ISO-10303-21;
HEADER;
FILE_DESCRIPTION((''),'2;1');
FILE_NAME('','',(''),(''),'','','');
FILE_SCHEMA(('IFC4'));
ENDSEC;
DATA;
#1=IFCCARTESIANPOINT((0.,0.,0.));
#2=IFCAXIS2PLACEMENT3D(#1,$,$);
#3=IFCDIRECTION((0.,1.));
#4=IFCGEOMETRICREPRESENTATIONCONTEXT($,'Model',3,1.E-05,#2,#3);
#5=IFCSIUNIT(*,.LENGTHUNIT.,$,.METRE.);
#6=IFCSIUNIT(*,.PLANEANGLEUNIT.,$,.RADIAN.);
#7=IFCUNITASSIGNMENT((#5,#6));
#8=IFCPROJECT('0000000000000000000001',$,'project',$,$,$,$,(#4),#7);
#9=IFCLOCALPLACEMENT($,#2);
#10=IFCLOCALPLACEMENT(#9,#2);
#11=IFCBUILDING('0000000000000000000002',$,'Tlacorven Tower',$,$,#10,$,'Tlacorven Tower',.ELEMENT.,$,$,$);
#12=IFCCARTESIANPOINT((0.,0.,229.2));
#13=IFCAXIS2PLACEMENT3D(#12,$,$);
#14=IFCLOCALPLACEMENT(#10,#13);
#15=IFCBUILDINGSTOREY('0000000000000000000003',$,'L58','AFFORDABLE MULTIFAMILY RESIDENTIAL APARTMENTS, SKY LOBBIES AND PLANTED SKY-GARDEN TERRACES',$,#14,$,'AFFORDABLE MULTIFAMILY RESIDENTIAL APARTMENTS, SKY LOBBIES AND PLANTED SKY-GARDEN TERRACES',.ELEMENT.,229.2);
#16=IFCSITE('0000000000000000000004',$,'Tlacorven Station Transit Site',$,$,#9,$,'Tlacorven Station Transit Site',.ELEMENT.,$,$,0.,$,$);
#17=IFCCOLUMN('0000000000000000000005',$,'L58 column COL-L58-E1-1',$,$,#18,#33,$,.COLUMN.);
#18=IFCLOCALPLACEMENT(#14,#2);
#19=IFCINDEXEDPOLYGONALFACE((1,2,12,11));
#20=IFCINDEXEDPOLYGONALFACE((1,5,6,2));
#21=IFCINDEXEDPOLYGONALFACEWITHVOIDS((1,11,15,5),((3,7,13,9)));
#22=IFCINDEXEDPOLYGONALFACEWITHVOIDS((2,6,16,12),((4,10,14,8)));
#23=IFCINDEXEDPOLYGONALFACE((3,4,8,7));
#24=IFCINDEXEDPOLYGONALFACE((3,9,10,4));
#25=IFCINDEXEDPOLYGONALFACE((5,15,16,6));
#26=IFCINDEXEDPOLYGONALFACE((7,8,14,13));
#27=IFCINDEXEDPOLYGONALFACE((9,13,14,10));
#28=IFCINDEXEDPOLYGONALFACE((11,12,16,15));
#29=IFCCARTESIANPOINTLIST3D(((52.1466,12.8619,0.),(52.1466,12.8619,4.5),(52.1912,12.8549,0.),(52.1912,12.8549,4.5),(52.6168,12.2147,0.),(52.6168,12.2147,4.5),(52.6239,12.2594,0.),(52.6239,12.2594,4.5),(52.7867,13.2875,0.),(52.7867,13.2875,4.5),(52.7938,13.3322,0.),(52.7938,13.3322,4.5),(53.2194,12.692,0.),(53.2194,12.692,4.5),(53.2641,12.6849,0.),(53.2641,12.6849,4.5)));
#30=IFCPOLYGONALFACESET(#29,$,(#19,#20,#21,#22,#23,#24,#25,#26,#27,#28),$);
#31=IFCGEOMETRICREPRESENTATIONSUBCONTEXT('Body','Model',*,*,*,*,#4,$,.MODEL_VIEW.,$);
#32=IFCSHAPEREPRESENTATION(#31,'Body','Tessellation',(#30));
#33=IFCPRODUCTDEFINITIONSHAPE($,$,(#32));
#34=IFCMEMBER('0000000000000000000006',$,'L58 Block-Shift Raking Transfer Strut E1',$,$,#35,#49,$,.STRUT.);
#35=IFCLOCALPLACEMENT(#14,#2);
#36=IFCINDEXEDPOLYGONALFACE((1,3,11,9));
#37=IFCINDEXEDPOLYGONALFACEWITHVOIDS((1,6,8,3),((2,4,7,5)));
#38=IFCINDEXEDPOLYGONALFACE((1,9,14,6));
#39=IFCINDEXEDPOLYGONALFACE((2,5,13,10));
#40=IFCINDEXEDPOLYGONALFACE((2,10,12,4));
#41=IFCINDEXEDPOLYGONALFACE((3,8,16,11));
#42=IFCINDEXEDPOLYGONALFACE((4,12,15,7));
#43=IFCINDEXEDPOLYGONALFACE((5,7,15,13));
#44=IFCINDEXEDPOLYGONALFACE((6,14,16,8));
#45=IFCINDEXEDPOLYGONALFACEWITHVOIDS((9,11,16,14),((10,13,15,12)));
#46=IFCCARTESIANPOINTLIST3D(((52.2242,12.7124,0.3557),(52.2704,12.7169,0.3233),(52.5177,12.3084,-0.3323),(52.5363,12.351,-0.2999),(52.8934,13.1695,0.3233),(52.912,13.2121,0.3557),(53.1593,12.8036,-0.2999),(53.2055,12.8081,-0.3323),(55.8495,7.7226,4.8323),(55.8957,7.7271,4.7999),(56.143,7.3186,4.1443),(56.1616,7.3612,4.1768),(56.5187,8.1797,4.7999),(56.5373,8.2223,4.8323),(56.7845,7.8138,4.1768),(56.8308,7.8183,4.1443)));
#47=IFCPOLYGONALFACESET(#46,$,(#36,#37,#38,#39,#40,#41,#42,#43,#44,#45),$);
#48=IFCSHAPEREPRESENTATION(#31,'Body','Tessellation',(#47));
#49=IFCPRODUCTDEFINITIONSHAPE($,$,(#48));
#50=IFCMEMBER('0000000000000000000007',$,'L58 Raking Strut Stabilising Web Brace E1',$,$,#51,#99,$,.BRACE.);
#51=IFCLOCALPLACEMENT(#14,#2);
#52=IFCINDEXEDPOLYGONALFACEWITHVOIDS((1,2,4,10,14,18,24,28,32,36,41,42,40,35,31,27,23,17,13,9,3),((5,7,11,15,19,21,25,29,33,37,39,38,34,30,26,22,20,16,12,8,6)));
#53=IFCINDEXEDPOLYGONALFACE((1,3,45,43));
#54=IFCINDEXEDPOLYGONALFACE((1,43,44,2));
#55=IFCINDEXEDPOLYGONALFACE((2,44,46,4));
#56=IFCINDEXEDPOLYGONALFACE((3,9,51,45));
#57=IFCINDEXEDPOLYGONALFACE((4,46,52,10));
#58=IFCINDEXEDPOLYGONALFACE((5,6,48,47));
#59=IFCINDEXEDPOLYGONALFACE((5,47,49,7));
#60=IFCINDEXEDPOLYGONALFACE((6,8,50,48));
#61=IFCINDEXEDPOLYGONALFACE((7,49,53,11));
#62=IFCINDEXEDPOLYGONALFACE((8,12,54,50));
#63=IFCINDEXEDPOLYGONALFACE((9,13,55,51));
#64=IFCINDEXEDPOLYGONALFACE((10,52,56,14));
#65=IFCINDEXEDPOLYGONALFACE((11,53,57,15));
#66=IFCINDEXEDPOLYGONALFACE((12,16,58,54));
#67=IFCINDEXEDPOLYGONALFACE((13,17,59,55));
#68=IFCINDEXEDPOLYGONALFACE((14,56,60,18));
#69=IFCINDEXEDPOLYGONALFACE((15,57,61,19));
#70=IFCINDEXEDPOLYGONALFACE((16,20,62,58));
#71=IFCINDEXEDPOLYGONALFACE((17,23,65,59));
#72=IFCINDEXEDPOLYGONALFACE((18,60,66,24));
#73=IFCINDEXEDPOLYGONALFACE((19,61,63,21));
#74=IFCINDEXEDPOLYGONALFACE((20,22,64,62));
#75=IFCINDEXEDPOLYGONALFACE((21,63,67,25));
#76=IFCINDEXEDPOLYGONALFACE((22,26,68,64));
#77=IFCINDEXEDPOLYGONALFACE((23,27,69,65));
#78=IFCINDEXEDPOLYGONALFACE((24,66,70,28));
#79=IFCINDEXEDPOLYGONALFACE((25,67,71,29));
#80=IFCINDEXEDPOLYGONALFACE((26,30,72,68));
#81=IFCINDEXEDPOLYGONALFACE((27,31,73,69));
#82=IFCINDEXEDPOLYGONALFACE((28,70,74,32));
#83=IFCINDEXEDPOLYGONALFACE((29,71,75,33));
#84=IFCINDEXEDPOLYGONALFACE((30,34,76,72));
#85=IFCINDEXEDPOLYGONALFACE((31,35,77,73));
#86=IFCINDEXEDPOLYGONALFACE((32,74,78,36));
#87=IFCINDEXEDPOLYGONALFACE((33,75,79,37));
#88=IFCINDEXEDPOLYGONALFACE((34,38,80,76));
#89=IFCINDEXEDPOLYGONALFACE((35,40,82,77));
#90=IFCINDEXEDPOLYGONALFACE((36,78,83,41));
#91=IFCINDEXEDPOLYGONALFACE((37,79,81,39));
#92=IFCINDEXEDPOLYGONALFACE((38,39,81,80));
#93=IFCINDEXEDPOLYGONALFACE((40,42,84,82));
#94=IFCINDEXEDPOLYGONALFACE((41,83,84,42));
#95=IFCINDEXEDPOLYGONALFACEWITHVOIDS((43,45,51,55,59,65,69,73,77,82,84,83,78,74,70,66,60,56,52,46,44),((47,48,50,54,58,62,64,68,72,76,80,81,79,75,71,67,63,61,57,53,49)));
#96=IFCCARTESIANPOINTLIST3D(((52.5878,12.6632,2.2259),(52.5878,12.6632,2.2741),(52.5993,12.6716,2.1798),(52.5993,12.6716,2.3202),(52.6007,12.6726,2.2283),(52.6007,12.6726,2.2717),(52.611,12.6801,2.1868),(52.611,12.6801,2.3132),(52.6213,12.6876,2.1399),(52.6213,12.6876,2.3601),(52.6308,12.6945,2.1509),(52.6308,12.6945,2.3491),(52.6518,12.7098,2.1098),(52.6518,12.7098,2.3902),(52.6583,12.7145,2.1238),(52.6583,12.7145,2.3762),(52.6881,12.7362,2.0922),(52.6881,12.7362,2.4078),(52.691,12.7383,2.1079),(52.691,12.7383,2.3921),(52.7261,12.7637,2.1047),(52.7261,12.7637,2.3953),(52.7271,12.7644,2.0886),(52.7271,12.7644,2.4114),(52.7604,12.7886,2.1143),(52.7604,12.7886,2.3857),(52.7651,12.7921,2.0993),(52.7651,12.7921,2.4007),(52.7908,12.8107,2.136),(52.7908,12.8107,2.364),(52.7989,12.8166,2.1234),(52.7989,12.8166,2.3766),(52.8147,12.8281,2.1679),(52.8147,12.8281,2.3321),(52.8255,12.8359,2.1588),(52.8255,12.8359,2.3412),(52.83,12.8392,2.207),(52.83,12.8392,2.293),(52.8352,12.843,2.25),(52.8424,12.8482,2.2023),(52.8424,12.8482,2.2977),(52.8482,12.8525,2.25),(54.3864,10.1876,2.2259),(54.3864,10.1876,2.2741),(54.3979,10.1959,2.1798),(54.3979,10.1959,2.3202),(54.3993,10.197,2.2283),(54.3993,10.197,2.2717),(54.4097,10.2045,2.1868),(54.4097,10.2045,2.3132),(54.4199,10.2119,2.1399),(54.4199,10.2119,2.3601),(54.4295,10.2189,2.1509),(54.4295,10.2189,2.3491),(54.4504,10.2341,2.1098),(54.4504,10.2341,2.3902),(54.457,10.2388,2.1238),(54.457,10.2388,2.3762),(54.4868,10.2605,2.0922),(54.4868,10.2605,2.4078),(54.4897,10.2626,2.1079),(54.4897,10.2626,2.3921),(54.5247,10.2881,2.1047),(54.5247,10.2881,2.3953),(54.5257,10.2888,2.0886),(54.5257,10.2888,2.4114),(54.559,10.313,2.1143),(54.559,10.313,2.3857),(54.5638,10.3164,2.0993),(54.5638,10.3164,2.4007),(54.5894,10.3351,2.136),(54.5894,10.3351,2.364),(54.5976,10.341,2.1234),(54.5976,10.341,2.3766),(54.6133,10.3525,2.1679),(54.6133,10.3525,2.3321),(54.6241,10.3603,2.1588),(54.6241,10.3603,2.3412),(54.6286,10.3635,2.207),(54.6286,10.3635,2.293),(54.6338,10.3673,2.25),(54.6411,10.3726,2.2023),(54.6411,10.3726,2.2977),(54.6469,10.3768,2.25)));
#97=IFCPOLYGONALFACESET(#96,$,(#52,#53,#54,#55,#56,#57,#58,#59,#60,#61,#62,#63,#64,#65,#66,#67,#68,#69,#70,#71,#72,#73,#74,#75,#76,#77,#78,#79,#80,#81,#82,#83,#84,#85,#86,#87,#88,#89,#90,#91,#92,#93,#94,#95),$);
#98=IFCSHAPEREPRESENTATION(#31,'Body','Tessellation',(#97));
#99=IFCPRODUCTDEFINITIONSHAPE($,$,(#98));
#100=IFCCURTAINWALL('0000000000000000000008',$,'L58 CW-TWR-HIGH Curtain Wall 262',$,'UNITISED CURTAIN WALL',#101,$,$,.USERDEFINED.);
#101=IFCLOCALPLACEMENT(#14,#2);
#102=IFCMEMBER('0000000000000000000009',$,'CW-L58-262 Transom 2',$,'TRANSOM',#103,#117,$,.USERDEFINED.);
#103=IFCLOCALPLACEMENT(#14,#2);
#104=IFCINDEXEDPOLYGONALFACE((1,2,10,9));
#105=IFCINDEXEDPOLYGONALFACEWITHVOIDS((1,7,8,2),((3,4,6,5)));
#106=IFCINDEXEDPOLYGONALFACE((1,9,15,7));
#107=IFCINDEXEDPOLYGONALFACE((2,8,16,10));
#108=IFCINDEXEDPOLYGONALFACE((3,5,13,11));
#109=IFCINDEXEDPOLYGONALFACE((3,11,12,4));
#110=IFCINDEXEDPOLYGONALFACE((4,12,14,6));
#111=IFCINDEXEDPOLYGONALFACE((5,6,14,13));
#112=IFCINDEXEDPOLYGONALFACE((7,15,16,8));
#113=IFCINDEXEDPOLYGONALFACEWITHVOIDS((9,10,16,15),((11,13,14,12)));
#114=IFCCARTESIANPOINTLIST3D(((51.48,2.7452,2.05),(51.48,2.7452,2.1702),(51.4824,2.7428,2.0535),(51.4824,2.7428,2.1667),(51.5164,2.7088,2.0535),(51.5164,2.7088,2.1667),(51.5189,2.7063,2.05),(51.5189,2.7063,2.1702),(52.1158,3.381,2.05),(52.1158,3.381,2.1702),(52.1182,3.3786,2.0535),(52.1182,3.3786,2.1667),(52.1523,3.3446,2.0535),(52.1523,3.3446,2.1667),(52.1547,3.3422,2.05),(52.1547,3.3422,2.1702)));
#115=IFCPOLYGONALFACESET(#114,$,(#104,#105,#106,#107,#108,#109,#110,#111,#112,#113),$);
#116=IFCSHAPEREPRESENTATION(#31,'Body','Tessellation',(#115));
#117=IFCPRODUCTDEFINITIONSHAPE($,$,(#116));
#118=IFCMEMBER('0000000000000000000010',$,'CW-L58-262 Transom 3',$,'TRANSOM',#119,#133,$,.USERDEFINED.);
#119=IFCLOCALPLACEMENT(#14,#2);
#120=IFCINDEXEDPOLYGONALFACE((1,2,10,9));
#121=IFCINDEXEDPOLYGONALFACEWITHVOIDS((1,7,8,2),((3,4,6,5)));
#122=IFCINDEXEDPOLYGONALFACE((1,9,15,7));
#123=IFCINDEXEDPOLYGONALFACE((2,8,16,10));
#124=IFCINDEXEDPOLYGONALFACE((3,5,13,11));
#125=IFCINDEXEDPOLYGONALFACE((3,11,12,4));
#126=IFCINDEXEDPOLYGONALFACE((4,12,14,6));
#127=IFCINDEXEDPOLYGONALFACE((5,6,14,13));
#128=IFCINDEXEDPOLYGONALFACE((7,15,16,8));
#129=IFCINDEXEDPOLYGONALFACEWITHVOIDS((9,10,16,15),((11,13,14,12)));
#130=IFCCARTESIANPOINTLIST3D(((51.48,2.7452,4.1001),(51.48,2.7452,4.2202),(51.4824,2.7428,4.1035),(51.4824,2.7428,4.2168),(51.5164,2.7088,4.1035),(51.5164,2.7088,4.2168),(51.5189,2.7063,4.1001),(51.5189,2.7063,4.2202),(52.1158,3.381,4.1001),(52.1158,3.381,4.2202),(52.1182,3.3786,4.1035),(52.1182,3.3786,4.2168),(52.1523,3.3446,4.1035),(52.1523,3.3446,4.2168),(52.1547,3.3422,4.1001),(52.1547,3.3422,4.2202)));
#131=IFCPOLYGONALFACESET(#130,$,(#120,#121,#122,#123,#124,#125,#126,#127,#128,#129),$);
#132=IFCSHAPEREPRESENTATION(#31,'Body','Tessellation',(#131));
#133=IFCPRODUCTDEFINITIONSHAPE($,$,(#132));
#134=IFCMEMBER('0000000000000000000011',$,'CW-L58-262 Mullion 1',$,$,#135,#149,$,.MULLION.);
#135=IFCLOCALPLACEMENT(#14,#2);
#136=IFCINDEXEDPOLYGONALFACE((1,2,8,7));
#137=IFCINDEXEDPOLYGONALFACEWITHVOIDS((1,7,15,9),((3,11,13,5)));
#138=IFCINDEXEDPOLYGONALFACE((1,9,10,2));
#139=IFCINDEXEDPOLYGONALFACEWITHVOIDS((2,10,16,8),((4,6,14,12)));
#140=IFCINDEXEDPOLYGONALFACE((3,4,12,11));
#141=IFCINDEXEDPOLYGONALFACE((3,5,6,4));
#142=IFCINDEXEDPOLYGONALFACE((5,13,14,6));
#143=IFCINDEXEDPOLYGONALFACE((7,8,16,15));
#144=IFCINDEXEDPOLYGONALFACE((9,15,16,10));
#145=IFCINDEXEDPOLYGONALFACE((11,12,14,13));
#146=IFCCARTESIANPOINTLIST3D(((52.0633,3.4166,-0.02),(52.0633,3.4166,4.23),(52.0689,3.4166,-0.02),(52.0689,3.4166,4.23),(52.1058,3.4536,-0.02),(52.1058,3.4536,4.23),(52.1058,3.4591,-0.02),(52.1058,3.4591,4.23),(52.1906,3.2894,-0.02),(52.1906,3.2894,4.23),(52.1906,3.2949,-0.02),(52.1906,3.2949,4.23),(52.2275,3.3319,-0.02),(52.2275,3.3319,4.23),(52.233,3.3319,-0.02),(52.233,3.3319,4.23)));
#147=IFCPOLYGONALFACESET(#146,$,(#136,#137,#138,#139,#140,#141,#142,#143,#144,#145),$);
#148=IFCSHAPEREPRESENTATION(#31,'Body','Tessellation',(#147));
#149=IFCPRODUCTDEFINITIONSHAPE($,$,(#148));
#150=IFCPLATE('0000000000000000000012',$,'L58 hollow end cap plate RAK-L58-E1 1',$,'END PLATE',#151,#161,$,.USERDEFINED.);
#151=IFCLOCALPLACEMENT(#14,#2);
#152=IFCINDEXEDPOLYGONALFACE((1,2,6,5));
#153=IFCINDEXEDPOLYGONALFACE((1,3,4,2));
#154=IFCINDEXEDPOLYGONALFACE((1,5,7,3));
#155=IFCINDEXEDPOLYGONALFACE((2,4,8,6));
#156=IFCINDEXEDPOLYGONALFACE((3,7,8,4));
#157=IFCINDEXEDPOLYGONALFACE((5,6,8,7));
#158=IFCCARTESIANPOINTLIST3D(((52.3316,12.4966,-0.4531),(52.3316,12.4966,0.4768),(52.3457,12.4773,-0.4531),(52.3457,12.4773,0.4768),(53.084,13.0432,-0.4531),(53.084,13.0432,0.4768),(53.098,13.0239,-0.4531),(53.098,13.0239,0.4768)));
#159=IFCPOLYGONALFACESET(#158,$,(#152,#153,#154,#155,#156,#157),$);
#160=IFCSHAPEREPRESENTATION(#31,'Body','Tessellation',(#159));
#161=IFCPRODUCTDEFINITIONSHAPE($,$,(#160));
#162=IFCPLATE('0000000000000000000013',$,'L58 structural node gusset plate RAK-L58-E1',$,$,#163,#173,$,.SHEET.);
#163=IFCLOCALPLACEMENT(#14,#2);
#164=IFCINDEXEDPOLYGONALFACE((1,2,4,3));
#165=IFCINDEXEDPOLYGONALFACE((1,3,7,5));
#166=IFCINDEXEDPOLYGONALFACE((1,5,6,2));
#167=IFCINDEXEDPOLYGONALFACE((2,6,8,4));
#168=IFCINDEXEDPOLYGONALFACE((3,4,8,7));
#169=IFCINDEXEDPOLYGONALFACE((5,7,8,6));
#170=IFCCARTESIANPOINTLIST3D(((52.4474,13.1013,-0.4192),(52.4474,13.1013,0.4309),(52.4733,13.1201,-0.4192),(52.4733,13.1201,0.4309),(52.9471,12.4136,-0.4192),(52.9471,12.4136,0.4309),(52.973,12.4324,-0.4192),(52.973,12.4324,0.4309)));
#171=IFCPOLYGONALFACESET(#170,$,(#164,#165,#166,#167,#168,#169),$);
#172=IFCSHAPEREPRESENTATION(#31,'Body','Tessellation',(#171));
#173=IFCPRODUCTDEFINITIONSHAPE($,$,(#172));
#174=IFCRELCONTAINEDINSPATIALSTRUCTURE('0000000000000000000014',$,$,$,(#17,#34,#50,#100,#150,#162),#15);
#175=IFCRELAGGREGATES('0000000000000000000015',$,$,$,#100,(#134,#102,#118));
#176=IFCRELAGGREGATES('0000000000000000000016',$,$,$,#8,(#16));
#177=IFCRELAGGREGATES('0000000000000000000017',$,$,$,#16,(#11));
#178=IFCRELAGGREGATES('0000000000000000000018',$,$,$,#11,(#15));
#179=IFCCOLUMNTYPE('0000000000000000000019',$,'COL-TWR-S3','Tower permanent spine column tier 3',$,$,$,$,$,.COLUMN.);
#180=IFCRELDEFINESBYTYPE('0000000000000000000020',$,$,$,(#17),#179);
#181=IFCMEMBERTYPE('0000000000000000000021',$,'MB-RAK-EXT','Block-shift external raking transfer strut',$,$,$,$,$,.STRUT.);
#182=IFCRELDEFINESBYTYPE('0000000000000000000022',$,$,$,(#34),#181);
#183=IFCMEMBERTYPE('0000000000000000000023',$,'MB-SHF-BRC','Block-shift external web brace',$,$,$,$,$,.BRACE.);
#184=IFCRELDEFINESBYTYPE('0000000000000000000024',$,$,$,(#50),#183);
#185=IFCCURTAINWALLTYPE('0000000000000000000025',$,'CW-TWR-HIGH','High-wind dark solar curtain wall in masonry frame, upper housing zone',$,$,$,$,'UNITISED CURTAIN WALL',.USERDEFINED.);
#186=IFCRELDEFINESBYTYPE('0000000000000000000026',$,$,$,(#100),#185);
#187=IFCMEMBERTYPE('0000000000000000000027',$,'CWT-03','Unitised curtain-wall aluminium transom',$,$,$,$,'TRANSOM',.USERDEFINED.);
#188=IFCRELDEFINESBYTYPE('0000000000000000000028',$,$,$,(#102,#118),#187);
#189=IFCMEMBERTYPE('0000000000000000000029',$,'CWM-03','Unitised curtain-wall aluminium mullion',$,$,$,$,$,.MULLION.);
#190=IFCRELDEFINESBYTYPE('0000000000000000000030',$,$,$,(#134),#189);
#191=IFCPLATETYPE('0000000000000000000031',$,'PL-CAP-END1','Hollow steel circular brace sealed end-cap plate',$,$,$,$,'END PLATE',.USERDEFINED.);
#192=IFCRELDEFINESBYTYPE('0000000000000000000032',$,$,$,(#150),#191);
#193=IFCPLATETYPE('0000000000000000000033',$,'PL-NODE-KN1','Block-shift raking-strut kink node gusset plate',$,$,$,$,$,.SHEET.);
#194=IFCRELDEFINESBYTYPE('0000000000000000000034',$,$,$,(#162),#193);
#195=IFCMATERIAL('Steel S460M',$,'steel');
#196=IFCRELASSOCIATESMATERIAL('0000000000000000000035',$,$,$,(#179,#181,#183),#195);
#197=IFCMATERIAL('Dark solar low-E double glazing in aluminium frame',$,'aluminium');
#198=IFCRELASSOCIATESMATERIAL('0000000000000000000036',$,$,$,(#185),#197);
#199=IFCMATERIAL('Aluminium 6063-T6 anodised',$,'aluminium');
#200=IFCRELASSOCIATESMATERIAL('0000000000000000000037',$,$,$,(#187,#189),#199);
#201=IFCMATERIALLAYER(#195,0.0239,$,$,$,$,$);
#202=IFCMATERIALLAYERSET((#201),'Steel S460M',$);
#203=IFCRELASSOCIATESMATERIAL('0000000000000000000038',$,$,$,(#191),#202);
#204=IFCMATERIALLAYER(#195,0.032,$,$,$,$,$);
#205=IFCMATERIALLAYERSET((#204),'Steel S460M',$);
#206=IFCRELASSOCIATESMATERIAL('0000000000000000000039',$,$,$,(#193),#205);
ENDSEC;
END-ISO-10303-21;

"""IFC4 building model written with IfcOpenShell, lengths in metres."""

from ifc_helpers import new_model, si_unit, direction, frame, origin, origin_2d, place, context, subcontext, project, spatial, rectangle, hollow_rectangle, hollow_circle, extrude, source, transform, mapped, material, layer, layer_set, material_profile, profile_set, type_object, element, aggregate, save


model = new_model("IFC4")

# Units and contexts
model_context = context("Model", 3, precision=1e-05, world=origin(), true_north=direction((0.0, 1.0)))
body_context = subcontext(model_context, "Body", "Model", "MODEL_VIEW")
ifc_project = project(units=[si_unit("LENGTHUNIT", "METRE"), si_unit("PLANEANGLEUNIT", "RADIAN")], contexts=[model_context])

# Site, building, storey
site_placement = place(None, origin())
site = spatial("IfcSite", under=ifc_project, at=site_placement, Name="Tlacorven Station Transit Site", LongName="Tlacorven Station Transit Site", CompositionType="ELEMENT", RefElevation=0.0)
building_placement = place(site_placement, origin())
building = spatial("IfcBuilding", under=site, at=building_placement, Name="Tlacorven Tower", LongName="Tlacorven Tower", CompositionType="ELEMENT")
storey_placement = place(building_placement, frame((0.0, 0.0, 229.2)))
storey = spatial("IfcBuildingStorey", under=building, at=storey_placement, Name="L58", Description="AFFORDABLE MULTIFAMILY RESIDENTIAL APARTMENTS, SKY LOBBIES AND PLANTED SKY-GARDEN TERRACES", LongName="AFFORDABLE MULTIFAMILY RESIDENTIAL APARTMENTS, SKY LOBBIES AND PLANTED SKY-GARDEN TERRACES", CompositionType="ELEMENT", Elevation=229.2)

# Column
ifc_material_1 = material(Name="Steel S460M", Category="steel")
ifc_material_profile_1 = material_profile(ifc_material_1, hollow_rectangle(XDim=0.8, YDim=0.8, WallThickness=0.032, at=origin_2d()), Name="BOX 800X800X32")
ifc_profile_set_1 = profile_set([ifc_material_profile_1], Name="Steel S460M")
column_type = type_object("IfcColumnType", Name="COL-TWR-S3", Description="Tower permanent spine column tier 3", PredefinedType="COLUMN", material=ifc_profile_set_1)
shared_shape_1 = source(origin(), body_context, "Body", "SweptSolid", [
    extrude(hollow_rectangle(XDim=0.8, YDim=0.8, WallThickness=0.032, at=origin_2d()), origin(), (0.0, 0.0, 1.0), 4.5),
])
column_placement = place(storey_placement, frame((52.7053, 12.7734, 0.0), z_axis=(0.0, 0.0, 1.0), x_axis=(0.809017, 0.587785, 0.0)))
element("IfcColumn", 1, at=column_placement, inside=storey, type_object=column_type, Name="L58 column COL-L58-E1-1", PredefinedType="COLUMN", context=body_context, shape_type="MappedRepresentation", body=[
    mapped(shared_shape_1, transform((0.0, 0.0, 0.0), scale=1.0)),
])

# Members
ifc_material_profile_2 = material_profile(ifc_material_1, hollow_rectangle(XDim=0.8501, YDim=0.8501, WallThickness=0.04, at=origin_2d()), Name="BOX 850X850X40")
ifc_profile_set_2 = profile_set([ifc_material_profile_2], Name="Steel S460M")
member_type_1 = type_object("IfcMemberType", Name="MB-RAK-EXT", Description="Block-shift external raking transfer strut", PredefinedType="STRUT", material=ifc_profile_set_2)
shared_shape_2 = source(origin(), body_context, "Body", "SweptSolid", [
    extrude(hollow_rectangle(XDim=0.8501, YDim=0.8501, WallThickness=0.04, at=origin_2d()), origin(), (0.0, 0.0, 1.0), 7.6211),
])
member_1_placement = place(storey_placement, frame((52.7148, 12.7603, 0.0117), z_axis=(0.475692, -0.654737, 0.587399), x_axis=(0.809018, 0.587783, 0.0)))
element("IfcMember", 2, at=member_1_placement, inside=storey, type_object=member_type_1, Name="L58 Block-Shift Raking Transfer Strut E1", PredefinedType="STRUT", context=body_context, shape_type="MappedRepresentation", body=[
    mapped(shared_shape_2, transform((0.0, 0.0, 0.0), scale=1.0)),
])
ifc_material_profile_3 = material_profile(ifc_material_1, hollow_circle(Radius=0.1619, WallThickness=0.0161, at=origin_2d()), Name="CHS 323.9X16")
ifc_profile_set_3 = profile_set([ifc_material_profile_3], Name="Steel S460M")
member_type_2 = type_object("IfcMemberType", Name="MB-SHF-BRC", Description="Block-shift external web brace", PredefinedType="BRACE", material=ifc_profile_set_3)
shared_shape_3 = source(origin(), body_context, "Body", "SweptSolid", [
    extrude(hollow_circle(Radius=0.1619, WallThickness=0.0161, at=origin_2d()), origin(), (0.0, 0.0, 1.0), 3.0601),
])
member_2_placement = place(storey_placement, frame((52.7173, 12.7573, 2.25), z_axis=(0.587778, -0.809022, 0.0), x_axis=(0.809022, 0.587778, 0.0)))
element("IfcMember", 3, at=member_2_placement, inside=storey, type_object=member_type_2, Name="L58 Raking Strut Stabilising Web Brace E1", PredefinedType="BRACE", context=body_context, shape_type="MappedRepresentation", body=[
    mapped(shared_shape_3, transform((0.0, 0.0, 0.0), scale=1.0)),
])

# Curtain wall, members
ifc_material_2 = material(Name="Dark solar low-E double glazing in aluminium frame", Category="aluminium")
curtain_wall_type = type_object("IfcCurtainWallType", Name="CW-TWR-HIGH", Description="High-wind dark solar curtain wall in masonry frame, upper housing zone", ElementType="UNITISED CURTAIN WALL", PredefinedType="USERDEFINED", material=ifc_material_2)
curtain_wall_placement = place(storey_placement, origin())
curtain_wall = element("IfcCurtainWall", 4, at=curtain_wall_placement, inside=storey, type_object=curtain_wall_type, Name="L58 CW-TWR-HIGH Curtain Wall 262", ObjectType="UNITISED CURTAIN WALL", PredefinedType="USERDEFINED")
ifc_material_3 = material(Name="Aluminium 6063-T6 anodised", Category="aluminium")
ifc_material_profile_4 = material_profile(ifc_material_3, hollow_rectangle(XDim=0.0549, YDim=0.1201, WallThickness=0.0034, at=origin_2d()), Name="ALU TRANSOM 55X120")
ifc_profile_set_4 = profile_set([ifc_material_profile_4], Name="Aluminium 6063-T6 anodised")
member_type_3 = type_object("IfcMemberType", Name="CWT-03", Description="Unitised curtain-wall aluminium transom", ElementType="TRANSOM", PredefinedType="USERDEFINED", material=ifc_profile_set_4)
shared_shape_4 = source(origin(), body_context, "Body", "SweptSolid", [
    extrude(hollow_rectangle(XDim=0.0549, YDim=0.1201, WallThickness=0.0034, at=origin_2d()), origin(), (0.0, 0.0, 1.0), 0.8992),
])
member_3_placement = place(storey_placement, frame((52.1353, 3.3616, 2.1101), z_axis=(-0.707107, -0.707107, 0.0), x_axis=(0.707107, -0.707107, 0.0)))
member_3 = element("IfcMember", 5, at=member_3_placement, type_object=member_type_3, Name="CW-L58-262 Transom 2", ObjectType="TRANSOM", PredefinedType="USERDEFINED", context=body_context, shape_type="MappedRepresentation", body=[
    mapped(shared_shape_4, transform((0.0, 0.0, 0.0), scale=1.0)),
])
member_4_placement = place(storey_placement, frame((52.1353, 3.3616, 4.1602), z_axis=(-0.707107, -0.707107, 0.0), x_axis=(0.707107, -0.707107, 0.0)))
member_4 = element("IfcMember", 6, at=member_4_placement, type_object=member_type_3, Name="CW-L58-262 Transom 3", ObjectType="TRANSOM", PredefinedType="USERDEFINED", context=body_context, shape_type="MappedRepresentation", body=[
    mapped(shared_shape_4, transform((0.0, 0.0, 0.0), scale=1.0)),
])
ifc_material_profile_5 = material_profile(ifc_material_3, hollow_rectangle(XDim=0.0601, YDim=0.1799, WallThickness=0.0039, at=origin_2d()), Name="ALU MULLION 60X180")
ifc_profile_set_5 = profile_set([ifc_material_profile_5], Name="Aluminium 6063-T6 anodised")
member_type_4 = type_object("IfcMemberType", Name="CWM-03", Description="Unitised curtain-wall aluminium mullion", PredefinedType="MULLION", material=ifc_profile_set_5)
shared_shape_5 = source(origin(), body_context, "Body", "SweptSolid", [
    extrude(hollow_rectangle(XDim=0.0601, YDim=0.1799, WallThickness=0.0039, at=origin_2d()), origin(), (0.0, 0.0, 1.0), 4.25),
])
member_5_placement = place(storey_placement, frame((52.1482, 3.3743, -0.02), z_axis=(0.0, 0.0, 1.0), x_axis=(-0.707107, -0.707107, 0.0)))
member_5 = element("IfcMember", 7, at=member_5_placement, type_object=member_type_4, Name="CW-L58-262 Mullion 1", PredefinedType="MULLION", context=body_context, shape_type="MappedRepresentation", body=[
    mapped(shared_shape_5, transform((0.0, 0.0, 0.0), scale=1.0)),
])
aggregate(curtain_wall, [member_5, member_3, member_4])

# Plates
ifc_layer_1 = layer(ifc_material_1, 0.0239)
ifc_layer_set_1 = layer_set([ifc_layer_1], Name="Steel S460M")
plate_type_1 = type_object("IfcPlateType", Name="PL-CAP-END1", Description="Hollow steel circular brace sealed end-cap plate", ElementType="END PLATE", PredefinedType="USERDEFINED", material=ifc_layer_set_1)
shared_shape_6 = source(origin(), body_context, "Body", "SweptSolid", [
    extrude(rectangle(XDim=0.0239, YDim=0.9299, at=origin_2d()), origin(), (0.0, 0.0, 1.0), 0.9299),
])
plate_1_placement = place(storey_placement, frame((52.7148, 12.7603, -0.4531), z_axis=(0.0, 0.0, 1.0), x_axis=(0.587785, -0.809017, 0.0)))
element("IfcPlate", 8, at=plate_1_placement, inside=storey, type_object=plate_type_1, Name="L58 hollow end cap plate RAK-L58-E1 1", ObjectType="END PLATE", PredefinedType="USERDEFINED", context=body_context, shape_type="MappedRepresentation", body=[
    mapped(shared_shape_6, transform((0.0, 0.0, 0.0), scale=1.0)),
])
ifc_layer_2 = layer(ifc_material_1, 0.032)
ifc_layer_set_2 = layer_set([ifc_layer_2], Name="Steel S460M")
plate_type_2 = type_object("IfcPlateType", Name="PL-NODE-KN1", Description="Block-shift raking-strut kink node gusset plate", PredefinedType="SHEET", material=ifc_layer_set_2)
shared_shape_7 = source(origin(), body_context, "Body", "SweptSolid", [
    extrude(rectangle(XDim=0.8501, YDim=0.032, at=origin_2d()), origin(), (0.0, 0.0, 1.0), 0.8501),
])
plate_2_placement = place(storey_placement, frame((52.7102, 12.7668, -0.4192), z_axis=(0.0, 0.0, 1.0), x_axis=(0.587785, -0.809017, 0.0)))
element("IfcPlate", 9, at=plate_2_placement, inside=storey, type_object=plate_type_2, Name="L58 structural node gusset plate RAK-L58-E1", PredefinedType="SHEET", context=body_context, shape_type="MappedRepresentation", body=[
    mapped(shared_shape_7, transform((0.0, 0.0, 0.0), scale=1.0)),
])

save(model, "model.ifc")
